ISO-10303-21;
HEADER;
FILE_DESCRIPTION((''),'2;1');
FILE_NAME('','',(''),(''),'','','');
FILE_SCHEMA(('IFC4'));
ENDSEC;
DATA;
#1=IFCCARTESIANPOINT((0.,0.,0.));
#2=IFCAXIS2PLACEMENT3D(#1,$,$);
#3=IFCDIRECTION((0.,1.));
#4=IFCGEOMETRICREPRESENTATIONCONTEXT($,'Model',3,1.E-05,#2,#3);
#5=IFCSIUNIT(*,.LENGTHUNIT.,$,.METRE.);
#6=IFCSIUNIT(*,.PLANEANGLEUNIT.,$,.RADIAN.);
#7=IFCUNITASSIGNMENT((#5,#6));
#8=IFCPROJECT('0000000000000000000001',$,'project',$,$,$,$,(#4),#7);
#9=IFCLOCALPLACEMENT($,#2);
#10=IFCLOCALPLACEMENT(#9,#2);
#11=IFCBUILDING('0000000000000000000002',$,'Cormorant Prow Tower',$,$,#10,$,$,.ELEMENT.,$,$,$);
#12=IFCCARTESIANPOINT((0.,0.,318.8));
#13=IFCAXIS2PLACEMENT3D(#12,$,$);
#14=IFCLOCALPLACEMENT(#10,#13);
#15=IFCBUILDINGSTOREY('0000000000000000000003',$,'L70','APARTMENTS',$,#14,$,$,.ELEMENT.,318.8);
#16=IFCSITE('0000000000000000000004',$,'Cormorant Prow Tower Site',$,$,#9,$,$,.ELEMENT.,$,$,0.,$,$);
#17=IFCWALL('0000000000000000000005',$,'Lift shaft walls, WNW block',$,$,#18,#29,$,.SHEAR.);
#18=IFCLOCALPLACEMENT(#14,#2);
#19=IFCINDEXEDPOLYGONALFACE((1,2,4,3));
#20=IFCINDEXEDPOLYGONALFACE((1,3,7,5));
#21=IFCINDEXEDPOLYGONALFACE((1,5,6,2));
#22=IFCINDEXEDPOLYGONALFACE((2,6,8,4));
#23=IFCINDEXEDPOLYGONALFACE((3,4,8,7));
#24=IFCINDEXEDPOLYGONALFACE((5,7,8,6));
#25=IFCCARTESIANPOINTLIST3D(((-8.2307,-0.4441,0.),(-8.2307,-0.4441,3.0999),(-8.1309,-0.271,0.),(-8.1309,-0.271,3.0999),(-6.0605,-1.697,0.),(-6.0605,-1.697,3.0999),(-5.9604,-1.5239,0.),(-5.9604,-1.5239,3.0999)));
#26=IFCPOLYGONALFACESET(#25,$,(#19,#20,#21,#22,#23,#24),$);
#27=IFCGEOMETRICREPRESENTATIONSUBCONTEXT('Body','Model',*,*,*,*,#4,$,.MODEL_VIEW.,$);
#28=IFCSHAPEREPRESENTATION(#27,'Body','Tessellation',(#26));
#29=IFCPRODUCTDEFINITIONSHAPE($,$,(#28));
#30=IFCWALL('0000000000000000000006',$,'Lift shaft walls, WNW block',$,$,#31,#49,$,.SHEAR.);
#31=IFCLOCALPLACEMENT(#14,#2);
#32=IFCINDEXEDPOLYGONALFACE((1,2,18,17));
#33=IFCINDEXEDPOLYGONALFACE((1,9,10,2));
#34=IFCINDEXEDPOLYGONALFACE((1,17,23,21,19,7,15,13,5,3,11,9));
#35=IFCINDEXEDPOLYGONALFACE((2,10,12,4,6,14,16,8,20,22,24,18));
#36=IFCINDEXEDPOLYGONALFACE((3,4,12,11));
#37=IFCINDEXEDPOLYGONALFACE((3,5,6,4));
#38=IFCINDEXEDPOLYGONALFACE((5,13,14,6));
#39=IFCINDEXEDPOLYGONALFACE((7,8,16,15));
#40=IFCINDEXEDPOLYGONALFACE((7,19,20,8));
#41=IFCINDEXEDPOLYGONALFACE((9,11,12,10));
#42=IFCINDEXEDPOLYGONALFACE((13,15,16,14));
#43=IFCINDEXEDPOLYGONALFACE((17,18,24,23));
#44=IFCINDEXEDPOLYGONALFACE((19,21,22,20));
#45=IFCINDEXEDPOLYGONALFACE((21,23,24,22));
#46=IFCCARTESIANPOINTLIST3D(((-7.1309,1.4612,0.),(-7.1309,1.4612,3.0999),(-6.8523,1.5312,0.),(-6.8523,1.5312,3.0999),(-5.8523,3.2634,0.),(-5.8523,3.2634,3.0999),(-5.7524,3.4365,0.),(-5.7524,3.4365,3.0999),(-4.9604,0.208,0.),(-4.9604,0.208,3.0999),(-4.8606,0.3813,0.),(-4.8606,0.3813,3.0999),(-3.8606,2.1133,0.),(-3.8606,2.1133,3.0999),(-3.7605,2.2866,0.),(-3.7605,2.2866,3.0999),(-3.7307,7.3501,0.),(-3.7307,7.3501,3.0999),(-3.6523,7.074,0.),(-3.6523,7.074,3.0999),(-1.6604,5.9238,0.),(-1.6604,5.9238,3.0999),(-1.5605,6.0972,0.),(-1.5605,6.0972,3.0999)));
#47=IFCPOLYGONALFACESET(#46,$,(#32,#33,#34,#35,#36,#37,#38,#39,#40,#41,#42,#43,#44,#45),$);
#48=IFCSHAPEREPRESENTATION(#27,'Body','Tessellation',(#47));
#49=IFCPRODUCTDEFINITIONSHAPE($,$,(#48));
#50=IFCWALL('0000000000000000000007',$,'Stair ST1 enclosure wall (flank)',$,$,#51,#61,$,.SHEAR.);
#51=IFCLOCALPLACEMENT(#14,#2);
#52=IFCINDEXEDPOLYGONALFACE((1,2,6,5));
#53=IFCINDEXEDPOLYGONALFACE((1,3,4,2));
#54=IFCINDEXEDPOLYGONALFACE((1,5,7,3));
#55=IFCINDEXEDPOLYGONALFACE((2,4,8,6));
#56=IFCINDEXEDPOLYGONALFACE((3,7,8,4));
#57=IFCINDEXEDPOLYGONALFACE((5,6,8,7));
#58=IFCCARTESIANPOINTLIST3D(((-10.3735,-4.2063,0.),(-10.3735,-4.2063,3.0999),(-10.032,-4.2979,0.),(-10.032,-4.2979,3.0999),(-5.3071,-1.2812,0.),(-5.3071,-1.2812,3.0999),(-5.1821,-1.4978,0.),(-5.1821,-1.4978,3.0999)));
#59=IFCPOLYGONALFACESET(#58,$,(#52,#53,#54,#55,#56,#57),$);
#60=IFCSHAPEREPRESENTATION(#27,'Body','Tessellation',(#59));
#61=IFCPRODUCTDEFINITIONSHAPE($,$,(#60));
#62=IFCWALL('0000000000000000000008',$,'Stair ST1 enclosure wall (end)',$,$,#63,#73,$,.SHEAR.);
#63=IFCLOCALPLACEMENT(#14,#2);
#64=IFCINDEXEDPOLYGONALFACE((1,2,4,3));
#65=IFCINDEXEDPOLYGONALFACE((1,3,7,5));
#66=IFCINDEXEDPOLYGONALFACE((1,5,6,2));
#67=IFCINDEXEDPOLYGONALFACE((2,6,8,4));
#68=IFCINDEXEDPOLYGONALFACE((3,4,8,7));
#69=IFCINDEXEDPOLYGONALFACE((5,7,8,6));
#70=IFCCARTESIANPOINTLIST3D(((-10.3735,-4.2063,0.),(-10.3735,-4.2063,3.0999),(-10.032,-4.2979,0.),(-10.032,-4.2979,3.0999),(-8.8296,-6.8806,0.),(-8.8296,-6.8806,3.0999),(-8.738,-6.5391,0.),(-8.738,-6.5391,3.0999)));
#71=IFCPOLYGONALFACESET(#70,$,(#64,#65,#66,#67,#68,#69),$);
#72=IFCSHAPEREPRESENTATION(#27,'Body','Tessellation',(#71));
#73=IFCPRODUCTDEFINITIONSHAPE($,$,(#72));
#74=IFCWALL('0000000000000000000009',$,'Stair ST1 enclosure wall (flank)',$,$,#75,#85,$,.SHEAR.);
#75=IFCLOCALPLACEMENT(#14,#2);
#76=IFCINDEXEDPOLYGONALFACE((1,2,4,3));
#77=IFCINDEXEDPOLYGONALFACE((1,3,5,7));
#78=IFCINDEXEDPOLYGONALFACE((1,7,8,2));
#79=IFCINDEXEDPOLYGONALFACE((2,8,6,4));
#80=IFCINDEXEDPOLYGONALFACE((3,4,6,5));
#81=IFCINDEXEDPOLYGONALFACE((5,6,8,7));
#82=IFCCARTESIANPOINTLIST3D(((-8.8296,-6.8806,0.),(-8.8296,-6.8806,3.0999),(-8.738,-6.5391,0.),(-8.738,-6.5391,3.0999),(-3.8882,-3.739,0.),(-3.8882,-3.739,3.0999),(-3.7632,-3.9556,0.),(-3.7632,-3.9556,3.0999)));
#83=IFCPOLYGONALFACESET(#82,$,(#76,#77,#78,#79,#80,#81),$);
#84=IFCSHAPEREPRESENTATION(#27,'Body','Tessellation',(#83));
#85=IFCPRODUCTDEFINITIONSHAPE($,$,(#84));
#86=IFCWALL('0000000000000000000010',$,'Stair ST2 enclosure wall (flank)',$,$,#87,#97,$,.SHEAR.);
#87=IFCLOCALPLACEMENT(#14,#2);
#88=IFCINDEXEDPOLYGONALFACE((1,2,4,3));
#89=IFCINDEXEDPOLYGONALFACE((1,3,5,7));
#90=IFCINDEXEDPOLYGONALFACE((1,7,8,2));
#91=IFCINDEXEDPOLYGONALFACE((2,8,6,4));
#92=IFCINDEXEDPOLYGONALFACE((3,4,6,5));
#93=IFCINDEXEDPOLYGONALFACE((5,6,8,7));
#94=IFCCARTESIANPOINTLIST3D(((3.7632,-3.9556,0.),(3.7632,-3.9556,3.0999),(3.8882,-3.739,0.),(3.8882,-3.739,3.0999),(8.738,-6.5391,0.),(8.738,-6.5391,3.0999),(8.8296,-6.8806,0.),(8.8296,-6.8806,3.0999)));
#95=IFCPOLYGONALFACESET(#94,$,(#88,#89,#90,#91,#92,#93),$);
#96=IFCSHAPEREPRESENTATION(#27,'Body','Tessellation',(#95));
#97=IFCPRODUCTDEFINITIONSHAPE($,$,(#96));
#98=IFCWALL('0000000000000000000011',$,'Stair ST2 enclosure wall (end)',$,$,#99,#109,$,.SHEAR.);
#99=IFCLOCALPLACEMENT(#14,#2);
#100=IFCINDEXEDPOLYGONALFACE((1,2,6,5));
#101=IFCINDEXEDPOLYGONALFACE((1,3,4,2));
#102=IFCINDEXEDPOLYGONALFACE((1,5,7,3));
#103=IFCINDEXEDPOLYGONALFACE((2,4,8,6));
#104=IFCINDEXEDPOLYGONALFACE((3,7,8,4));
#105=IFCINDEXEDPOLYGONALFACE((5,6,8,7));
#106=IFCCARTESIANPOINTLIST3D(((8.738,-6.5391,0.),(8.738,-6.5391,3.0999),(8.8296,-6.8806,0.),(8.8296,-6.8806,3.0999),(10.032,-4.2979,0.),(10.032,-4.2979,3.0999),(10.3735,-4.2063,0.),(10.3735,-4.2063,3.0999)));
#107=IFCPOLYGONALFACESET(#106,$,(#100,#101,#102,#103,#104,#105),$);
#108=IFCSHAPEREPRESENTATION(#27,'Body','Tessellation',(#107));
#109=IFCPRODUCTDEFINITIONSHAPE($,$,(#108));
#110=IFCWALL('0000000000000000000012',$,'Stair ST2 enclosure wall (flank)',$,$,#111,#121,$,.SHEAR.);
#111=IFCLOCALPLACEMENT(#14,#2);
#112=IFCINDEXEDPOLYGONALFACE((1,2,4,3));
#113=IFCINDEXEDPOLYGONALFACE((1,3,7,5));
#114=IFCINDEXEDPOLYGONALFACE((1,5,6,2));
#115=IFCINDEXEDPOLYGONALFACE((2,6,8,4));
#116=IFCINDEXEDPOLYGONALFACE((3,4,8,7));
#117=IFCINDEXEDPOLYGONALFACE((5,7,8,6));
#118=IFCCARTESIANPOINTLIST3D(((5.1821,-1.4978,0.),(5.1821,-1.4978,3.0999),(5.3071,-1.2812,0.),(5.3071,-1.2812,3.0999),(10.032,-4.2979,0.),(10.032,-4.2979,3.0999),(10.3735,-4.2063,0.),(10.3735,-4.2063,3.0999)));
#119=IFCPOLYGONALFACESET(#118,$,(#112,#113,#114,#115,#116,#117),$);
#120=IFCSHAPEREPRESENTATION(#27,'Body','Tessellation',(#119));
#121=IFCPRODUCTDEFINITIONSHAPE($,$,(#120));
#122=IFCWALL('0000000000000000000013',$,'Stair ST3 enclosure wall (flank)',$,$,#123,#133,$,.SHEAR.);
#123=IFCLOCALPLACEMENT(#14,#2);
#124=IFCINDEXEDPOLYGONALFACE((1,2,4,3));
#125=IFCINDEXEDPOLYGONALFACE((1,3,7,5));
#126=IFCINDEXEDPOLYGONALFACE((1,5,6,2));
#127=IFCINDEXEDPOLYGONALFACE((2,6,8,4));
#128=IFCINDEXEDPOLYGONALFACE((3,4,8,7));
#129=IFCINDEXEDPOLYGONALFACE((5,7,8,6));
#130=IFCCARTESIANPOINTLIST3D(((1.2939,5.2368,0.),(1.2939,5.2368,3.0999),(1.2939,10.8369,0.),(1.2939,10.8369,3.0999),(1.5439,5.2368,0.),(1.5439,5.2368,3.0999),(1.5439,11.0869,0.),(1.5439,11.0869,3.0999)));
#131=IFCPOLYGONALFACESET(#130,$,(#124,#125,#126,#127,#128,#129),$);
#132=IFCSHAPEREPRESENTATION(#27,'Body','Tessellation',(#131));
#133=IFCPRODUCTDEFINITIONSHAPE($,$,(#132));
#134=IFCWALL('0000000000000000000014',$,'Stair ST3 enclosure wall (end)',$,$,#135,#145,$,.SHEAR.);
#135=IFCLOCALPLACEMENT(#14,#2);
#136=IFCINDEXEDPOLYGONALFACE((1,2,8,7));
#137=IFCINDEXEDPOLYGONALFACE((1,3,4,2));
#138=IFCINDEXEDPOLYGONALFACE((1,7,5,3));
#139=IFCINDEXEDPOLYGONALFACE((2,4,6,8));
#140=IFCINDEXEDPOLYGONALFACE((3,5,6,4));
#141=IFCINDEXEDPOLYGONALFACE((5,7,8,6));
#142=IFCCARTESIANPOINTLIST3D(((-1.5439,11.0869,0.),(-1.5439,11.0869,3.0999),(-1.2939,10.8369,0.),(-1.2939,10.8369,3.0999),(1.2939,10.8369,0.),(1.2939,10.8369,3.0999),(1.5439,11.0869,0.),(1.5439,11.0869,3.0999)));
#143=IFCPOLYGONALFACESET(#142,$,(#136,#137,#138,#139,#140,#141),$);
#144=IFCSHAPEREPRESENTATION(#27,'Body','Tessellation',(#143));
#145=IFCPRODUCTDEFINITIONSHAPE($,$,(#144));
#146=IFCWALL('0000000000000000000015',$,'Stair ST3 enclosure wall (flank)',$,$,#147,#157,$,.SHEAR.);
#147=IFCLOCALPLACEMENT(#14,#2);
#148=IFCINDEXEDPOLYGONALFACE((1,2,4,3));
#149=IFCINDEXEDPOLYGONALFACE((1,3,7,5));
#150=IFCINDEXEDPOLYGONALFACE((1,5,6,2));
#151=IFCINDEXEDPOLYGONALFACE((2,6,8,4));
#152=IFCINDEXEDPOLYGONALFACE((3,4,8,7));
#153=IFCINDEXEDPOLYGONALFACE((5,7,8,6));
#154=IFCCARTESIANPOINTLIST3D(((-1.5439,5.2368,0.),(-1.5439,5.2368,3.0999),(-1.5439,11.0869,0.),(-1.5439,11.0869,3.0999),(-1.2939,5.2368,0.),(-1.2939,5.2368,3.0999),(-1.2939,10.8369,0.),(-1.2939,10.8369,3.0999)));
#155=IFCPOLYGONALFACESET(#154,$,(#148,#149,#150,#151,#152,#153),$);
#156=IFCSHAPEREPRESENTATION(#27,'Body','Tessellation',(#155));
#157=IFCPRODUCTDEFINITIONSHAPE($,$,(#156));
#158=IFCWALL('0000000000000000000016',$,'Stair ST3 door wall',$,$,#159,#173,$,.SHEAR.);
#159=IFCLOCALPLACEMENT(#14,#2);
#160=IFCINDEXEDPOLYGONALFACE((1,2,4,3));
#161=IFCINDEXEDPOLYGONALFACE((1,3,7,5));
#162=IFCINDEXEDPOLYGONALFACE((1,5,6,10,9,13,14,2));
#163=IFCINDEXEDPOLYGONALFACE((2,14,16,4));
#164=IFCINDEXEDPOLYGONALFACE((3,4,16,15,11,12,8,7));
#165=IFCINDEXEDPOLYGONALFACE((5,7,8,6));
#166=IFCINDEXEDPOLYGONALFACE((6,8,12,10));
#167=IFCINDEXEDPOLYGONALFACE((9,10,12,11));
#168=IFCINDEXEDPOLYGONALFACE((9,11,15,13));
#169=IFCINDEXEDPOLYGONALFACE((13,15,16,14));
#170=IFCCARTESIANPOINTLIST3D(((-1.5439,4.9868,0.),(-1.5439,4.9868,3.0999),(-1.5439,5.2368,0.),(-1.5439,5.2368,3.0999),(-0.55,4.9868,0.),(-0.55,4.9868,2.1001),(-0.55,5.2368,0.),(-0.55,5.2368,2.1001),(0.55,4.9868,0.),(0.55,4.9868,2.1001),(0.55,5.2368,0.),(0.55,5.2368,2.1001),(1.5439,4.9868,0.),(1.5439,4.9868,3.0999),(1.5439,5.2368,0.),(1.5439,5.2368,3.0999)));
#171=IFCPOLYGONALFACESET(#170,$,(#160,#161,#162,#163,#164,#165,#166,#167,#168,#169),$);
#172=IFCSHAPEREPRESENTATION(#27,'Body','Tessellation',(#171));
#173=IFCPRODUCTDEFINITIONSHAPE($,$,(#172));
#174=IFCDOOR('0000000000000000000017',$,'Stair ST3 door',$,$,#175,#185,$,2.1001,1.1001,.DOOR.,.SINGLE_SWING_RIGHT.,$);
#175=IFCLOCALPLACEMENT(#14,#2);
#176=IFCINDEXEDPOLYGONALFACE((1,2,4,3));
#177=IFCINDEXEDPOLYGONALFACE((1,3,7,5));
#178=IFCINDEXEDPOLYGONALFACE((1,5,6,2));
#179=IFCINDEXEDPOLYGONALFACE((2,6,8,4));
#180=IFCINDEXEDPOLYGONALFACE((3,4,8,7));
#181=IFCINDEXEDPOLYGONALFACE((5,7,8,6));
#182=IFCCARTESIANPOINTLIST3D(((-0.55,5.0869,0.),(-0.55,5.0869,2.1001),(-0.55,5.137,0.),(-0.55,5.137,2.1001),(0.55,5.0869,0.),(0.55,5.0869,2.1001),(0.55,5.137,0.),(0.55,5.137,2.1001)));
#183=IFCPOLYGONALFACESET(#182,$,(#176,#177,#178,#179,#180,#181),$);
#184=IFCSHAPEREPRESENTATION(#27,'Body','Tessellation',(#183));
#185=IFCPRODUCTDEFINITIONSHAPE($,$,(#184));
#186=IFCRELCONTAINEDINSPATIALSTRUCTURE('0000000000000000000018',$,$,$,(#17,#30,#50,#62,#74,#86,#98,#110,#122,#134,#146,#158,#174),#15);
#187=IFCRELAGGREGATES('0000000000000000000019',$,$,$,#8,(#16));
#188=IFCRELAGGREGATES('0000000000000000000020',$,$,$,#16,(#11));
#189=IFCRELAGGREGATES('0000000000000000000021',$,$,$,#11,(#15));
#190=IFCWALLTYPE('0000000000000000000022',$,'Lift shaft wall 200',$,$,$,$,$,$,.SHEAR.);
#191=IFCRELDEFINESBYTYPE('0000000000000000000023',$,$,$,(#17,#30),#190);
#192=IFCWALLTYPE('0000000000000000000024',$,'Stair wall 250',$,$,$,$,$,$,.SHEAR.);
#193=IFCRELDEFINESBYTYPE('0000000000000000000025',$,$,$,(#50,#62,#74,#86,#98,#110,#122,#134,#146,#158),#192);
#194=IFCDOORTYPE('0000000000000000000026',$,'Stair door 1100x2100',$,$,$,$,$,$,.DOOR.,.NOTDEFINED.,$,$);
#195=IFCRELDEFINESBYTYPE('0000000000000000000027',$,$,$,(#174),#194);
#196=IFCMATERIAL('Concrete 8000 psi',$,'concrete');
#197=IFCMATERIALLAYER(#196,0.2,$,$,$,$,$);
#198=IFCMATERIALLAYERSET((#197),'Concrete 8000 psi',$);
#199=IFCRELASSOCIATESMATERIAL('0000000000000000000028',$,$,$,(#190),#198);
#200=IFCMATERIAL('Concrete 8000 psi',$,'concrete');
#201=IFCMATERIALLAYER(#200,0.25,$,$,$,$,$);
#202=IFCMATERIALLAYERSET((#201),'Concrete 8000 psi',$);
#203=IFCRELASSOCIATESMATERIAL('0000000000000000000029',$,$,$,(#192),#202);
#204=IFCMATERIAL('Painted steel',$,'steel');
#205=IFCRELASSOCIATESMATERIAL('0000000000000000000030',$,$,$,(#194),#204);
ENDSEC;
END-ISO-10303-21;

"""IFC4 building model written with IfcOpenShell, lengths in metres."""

from ifc_helpers import new_model, si_unit, direction, frame, frame_2d, origin, place, context, subcontext, project, spatial, polyline, rectangle, outline, extrude, material, layer, layer_set, type_object, element, fill, save


model = new_model("IFC4")

# Units and contexts
model_context = context("Model", 3, precision=1e-05, world=origin(), true_north=direction((0.0, 1.0)))
body_context = subcontext(model_context, "Body", "Model", "MODEL_VIEW")
ifc_project = project(units=[si_unit("LENGTHUNIT", "METRE"), si_unit("PLANEANGLEUNIT", "RADIAN")], contexts=[model_context])

# Site, building, storey
site_placement = place(None, origin())
site = spatial("IfcSite", under=ifc_project, at=site_placement, Name="Cormorant Prow Tower Site", CompositionType="ELEMENT", RefElevation=0.0)
building_placement = place(site_placement, origin())
building = spatial("IfcBuilding", under=site, at=building_placement, Name="Cormorant Prow Tower", CompositionType="ELEMENT")
storey_placement = place(building_placement, frame((0.0, 0.0, 318.8)))
storey = spatial("IfcBuildingStorey", under=building, at=storey_placement, Name="L70", Description="APARTMENTS", CompositionType="ELEMENT", Elevation=318.8)

# Walls
ifc_material_1 = material(Name="Concrete 8000 psi", Category="concrete")
ifc_layer_1 = layer(ifc_material_1, 0.2)
ifc_layer_set_1 = layer_set([ifc_layer_1], Name="Concrete 8000 psi")
wall_type_1 = type_object("IfcWallType", Name="Lift shaft wall 200", PredefinedType="SHEAR", material=ifc_layer_set_1)
wall_1_placement = place(storey_placement, origin())
element("IfcWall", 1, at=wall_1_placement, inside=storey, type_object=wall_type_1, Name="Lift shaft walls, WNW block", PredefinedType="SHEAR", context=body_context, shape_type="SweptSolid", body=[
    extrude(outline(polyline([(-6.0605, -1.697), (-8.2307, -0.4441), (-8.1309, -0.271), (-5.9604, -1.5239), (-6.0605, -1.697)])), origin(), (0.0, 0.0, 1.0), 3.0999),
])
wall_2_placement = place(storey_placement, origin())
element("IfcWall", 2, at=wall_2_placement, inside=storey, type_object=wall_type_1, Name="Lift shaft walls, WNW block", PredefinedType="SHEAR", context=body_context, shape_type="SweptSolid", body=[
    extrude(outline(polyline([(-4.9604, 0.208), (-7.1309, 1.4612), (-3.7307, 7.3501), (-1.5605, 6.0972), (-1.6604, 5.9238), (-3.6523, 7.074), (-5.7524, 3.4365), (-3.7605, 2.2866), (-3.8606, 2.1133), (-5.8523, 3.2634), (-6.8523, 1.5312), (-4.8606, 0.3813), (-4.9604, 0.208)])), origin(), (0.0, 0.0, 1.0), 3.0999),
])
ifc_material_2 = material(Name="Concrete 8000 psi", Category="concrete")
ifc_layer_2 = layer(ifc_material_2, 0.25)
ifc_layer_set_2 = layer_set([ifc_layer_2], Name="Concrete 8000 psi")
wall_type_2 = type_object("IfcWallType", Name="Stair wall 250", PredefinedType="SHEAR", material=ifc_layer_set_2)
wall_3_placement = place(storey_placement, origin())
element("IfcWall", 3, at=wall_3_placement, inside=storey, type_object=wall_type_2, Name="Stair ST1 enclosure wall (flank)", PredefinedType="SHEAR", context=body_context, shape_type="SweptSolid", body=[
    extrude(outline(polyline([(-5.3071, -1.2812), (-10.3735, -4.2063), (-10.032, -4.2979), (-5.1821, -1.4978), (-5.3071, -1.2812)])), origin(), (0.0, 0.0, 1.0), 3.0999),
])
wall_4_placement = place(storey_placement, origin())
element("IfcWall", 4, at=wall_4_placement, inside=storey, type_object=wall_type_2, Name="Stair ST1 enclosure wall (end)", PredefinedType="SHEAR", context=body_context, shape_type="SweptSolid", body=[
    extrude(outline(polyline([(-10.3735, -4.2063), (-8.8296, -6.8806), (-8.738, -6.5391), (-10.032, -4.2979), (-10.3735, -4.2063)])), origin(), (0.0, 0.0, 1.0), 3.0999),
])
wall_5_placement = place(storey_placement, origin())
element("IfcWall", 5, at=wall_5_placement, inside=storey, type_object=wall_type_2, Name="Stair ST1 enclosure wall (flank)", PredefinedType="SHEAR", context=body_context, shape_type="SweptSolid", body=[
    extrude(outline(polyline([(-8.738, -6.5391), (-8.8296, -6.8806), (-3.7632, -3.9556), (-3.8882, -3.739), (-8.738, -6.5391)])), origin(), (0.0, 0.0, 1.0), 3.0999),
])
wall_6_placement = place(storey_placement, origin())
element("IfcWall", 6, at=wall_6_placement, inside=storey, type_object=wall_type_2, Name="Stair ST2 enclosure wall (flank)", PredefinedType="SHEAR", context=body_context, shape_type="SweptSolid", body=[
    extrude(outline(polyline([(3.7632, -3.9556), (8.8296, -6.8806), (8.738, -6.5391), (3.8882, -3.739), (3.7632, -3.9556)])), origin(), (0.0, 0.0, 1.0), 3.0999),
])
wall_7_placement = place(storey_placement, origin())
element("IfcWall", 7, at=wall_7_placement, inside=storey, type_object=wall_type_2, Name="Stair ST2 enclosure wall (end)", PredefinedType="SHEAR", context=body_context, shape_type="SweptSolid", body=[
    extrude(outline(polyline([(8.8296, -6.8806), (10.3735, -4.2063), (10.032, -4.2979), (8.738, -6.5391), (8.8296, -6.8806)])), origin(), (0.0, 0.0, 1.0), 3.0999),
])
wall_8_placement = place(storey_placement, origin())
element("IfcWall", 8, at=wall_8_placement, inside=storey, type_object=wall_type_2, Name="Stair ST2 enclosure wall (flank)", PredefinedType="SHEAR", context=body_context, shape_type="SweptSolid", body=[
    extrude(outline(polyline([(10.032, -4.2979), (10.3735, -4.2063), (5.3071, -1.2812), (5.1821, -1.4978), (10.032, -4.2979)])), origin(), (0.0, 0.0, 1.0), 3.0999),
])
wall_9_placement = place(storey_placement, origin())
element("IfcWall", 9, at=wall_9_placement, inside=storey, type_object=wall_type_2, Name="Stair ST3 enclosure wall (flank)", PredefinedType="SHEAR", context=body_context, shape_type="SweptSolid", body=[
    extrude(outline(polyline([(1.5439, 5.2368), (1.5439, 11.0869), (1.2939, 10.8369), (1.2939, 5.2368), (1.5439, 5.2368)])), origin(), (0.0, 0.0, 1.0), 3.0999),
])
wall_10_placement = place(storey_placement, origin())
element("IfcWall", 10, at=wall_10_placement, inside=storey, type_object=wall_type_2, Name="Stair ST3 enclosure wall (end)", PredefinedType="SHEAR", context=body_context, shape_type="SweptSolid", body=[
    extrude(outline(polyline([(1.5439, 11.0869), (-1.5439, 11.0869), (-1.2939, 10.8369), (1.2939, 10.8369), (1.5439, 11.0869)])), origin(), (0.0, 0.0, 1.0), 3.0999),
])
wall_11_placement = place(storey_placement, origin())
element("IfcWall", 11, at=wall_11_placement, inside=storey, type_object=wall_type_2, Name="Stair ST3 enclosure wall (flank)", PredefinedType="SHEAR", context=body_context, shape_type="SweptSolid", body=[
    extrude(outline(polyline([(-1.2939, 10.8369), (-1.5439, 11.0869), (-1.5439, 5.2368), (-1.2939, 5.2368), (-1.2939, 10.8369)])), origin(), (0.0, 0.0, 1.0), 3.0999),
])

# Wall, opening, door
wall_12_placement = place(storey_placement, frame((1.5439, 5.1118, 0.0), z_axis=(0.0, 0.0, 1.0), x_axis=(-1.0, 0.0, 0.0)))
wall_12 = element("IfcWall", 12, at=wall_12_placement, inside=storey, type_object=wall_type_2, Name="Stair ST3 door wall", PredefinedType="SHEAR", context=body_context, shape_type="SweptSolid", body=[
    extrude(rectangle(XDim=3.0879, YDim=0.25, at=frame_2d((1.5439, 0.0))), origin(), (0.0, 0.0, 1.0), 3.0999),
])
opening_1_placement = place(wall_12_placement, frame((0.9939, 0.0, 0.0)))
opening_1 = element("IfcOpeningElement", 13, at=opening_1_placement, cuts=wall_12, PredefinedType="OPENING", context=body_context, shape_type="SweptSolid", body=[
    extrude(rectangle(XDim=1.1001, YDim=2.1001, at=frame_2d((0.55, 1.05))), frame((0.0, 0.135, 0.0), z_axis=(0.0, -1.0, 0.0), x_axis=(1.0, 0.0, 0.0)), (0.0, 0.0, 1.0), 0.27),
])
ifc_material_3 = material(Name="Painted steel", Category="steel")
door_type_1 = type_object("IfcDoorType", Name="Stair door 1100x2100", OperationType="NOTDEFINED", PredefinedType="DOOR", material=ifc_material_3)
door_1_placement = place(opening_1_placement, origin())
door_1 = element("IfcDoor", 14, at=door_1_placement, inside=storey, type_object=door_type_1, Name="Stair ST3 door", OperationType="SINGLE_SWING_RIGHT", OverallHeight=2.1001, OverallWidth=1.1001, PredefinedType="DOOR", context=body_context, shape_type="SweptSolid", body=[
    extrude(rectangle(XDim=1.1001, YDim=2.1001, at=frame_2d((0.55, 1.05))), frame((0.0, 0.0249, 0.0), z_axis=(0.0, -1.0, 0.0), x_axis=(1.0, 0.0, 0.0)), (0.0, 0.0, 1.0), 0.05),
])
fill(opening_1, door_1)

save(model, "model.ifc")
